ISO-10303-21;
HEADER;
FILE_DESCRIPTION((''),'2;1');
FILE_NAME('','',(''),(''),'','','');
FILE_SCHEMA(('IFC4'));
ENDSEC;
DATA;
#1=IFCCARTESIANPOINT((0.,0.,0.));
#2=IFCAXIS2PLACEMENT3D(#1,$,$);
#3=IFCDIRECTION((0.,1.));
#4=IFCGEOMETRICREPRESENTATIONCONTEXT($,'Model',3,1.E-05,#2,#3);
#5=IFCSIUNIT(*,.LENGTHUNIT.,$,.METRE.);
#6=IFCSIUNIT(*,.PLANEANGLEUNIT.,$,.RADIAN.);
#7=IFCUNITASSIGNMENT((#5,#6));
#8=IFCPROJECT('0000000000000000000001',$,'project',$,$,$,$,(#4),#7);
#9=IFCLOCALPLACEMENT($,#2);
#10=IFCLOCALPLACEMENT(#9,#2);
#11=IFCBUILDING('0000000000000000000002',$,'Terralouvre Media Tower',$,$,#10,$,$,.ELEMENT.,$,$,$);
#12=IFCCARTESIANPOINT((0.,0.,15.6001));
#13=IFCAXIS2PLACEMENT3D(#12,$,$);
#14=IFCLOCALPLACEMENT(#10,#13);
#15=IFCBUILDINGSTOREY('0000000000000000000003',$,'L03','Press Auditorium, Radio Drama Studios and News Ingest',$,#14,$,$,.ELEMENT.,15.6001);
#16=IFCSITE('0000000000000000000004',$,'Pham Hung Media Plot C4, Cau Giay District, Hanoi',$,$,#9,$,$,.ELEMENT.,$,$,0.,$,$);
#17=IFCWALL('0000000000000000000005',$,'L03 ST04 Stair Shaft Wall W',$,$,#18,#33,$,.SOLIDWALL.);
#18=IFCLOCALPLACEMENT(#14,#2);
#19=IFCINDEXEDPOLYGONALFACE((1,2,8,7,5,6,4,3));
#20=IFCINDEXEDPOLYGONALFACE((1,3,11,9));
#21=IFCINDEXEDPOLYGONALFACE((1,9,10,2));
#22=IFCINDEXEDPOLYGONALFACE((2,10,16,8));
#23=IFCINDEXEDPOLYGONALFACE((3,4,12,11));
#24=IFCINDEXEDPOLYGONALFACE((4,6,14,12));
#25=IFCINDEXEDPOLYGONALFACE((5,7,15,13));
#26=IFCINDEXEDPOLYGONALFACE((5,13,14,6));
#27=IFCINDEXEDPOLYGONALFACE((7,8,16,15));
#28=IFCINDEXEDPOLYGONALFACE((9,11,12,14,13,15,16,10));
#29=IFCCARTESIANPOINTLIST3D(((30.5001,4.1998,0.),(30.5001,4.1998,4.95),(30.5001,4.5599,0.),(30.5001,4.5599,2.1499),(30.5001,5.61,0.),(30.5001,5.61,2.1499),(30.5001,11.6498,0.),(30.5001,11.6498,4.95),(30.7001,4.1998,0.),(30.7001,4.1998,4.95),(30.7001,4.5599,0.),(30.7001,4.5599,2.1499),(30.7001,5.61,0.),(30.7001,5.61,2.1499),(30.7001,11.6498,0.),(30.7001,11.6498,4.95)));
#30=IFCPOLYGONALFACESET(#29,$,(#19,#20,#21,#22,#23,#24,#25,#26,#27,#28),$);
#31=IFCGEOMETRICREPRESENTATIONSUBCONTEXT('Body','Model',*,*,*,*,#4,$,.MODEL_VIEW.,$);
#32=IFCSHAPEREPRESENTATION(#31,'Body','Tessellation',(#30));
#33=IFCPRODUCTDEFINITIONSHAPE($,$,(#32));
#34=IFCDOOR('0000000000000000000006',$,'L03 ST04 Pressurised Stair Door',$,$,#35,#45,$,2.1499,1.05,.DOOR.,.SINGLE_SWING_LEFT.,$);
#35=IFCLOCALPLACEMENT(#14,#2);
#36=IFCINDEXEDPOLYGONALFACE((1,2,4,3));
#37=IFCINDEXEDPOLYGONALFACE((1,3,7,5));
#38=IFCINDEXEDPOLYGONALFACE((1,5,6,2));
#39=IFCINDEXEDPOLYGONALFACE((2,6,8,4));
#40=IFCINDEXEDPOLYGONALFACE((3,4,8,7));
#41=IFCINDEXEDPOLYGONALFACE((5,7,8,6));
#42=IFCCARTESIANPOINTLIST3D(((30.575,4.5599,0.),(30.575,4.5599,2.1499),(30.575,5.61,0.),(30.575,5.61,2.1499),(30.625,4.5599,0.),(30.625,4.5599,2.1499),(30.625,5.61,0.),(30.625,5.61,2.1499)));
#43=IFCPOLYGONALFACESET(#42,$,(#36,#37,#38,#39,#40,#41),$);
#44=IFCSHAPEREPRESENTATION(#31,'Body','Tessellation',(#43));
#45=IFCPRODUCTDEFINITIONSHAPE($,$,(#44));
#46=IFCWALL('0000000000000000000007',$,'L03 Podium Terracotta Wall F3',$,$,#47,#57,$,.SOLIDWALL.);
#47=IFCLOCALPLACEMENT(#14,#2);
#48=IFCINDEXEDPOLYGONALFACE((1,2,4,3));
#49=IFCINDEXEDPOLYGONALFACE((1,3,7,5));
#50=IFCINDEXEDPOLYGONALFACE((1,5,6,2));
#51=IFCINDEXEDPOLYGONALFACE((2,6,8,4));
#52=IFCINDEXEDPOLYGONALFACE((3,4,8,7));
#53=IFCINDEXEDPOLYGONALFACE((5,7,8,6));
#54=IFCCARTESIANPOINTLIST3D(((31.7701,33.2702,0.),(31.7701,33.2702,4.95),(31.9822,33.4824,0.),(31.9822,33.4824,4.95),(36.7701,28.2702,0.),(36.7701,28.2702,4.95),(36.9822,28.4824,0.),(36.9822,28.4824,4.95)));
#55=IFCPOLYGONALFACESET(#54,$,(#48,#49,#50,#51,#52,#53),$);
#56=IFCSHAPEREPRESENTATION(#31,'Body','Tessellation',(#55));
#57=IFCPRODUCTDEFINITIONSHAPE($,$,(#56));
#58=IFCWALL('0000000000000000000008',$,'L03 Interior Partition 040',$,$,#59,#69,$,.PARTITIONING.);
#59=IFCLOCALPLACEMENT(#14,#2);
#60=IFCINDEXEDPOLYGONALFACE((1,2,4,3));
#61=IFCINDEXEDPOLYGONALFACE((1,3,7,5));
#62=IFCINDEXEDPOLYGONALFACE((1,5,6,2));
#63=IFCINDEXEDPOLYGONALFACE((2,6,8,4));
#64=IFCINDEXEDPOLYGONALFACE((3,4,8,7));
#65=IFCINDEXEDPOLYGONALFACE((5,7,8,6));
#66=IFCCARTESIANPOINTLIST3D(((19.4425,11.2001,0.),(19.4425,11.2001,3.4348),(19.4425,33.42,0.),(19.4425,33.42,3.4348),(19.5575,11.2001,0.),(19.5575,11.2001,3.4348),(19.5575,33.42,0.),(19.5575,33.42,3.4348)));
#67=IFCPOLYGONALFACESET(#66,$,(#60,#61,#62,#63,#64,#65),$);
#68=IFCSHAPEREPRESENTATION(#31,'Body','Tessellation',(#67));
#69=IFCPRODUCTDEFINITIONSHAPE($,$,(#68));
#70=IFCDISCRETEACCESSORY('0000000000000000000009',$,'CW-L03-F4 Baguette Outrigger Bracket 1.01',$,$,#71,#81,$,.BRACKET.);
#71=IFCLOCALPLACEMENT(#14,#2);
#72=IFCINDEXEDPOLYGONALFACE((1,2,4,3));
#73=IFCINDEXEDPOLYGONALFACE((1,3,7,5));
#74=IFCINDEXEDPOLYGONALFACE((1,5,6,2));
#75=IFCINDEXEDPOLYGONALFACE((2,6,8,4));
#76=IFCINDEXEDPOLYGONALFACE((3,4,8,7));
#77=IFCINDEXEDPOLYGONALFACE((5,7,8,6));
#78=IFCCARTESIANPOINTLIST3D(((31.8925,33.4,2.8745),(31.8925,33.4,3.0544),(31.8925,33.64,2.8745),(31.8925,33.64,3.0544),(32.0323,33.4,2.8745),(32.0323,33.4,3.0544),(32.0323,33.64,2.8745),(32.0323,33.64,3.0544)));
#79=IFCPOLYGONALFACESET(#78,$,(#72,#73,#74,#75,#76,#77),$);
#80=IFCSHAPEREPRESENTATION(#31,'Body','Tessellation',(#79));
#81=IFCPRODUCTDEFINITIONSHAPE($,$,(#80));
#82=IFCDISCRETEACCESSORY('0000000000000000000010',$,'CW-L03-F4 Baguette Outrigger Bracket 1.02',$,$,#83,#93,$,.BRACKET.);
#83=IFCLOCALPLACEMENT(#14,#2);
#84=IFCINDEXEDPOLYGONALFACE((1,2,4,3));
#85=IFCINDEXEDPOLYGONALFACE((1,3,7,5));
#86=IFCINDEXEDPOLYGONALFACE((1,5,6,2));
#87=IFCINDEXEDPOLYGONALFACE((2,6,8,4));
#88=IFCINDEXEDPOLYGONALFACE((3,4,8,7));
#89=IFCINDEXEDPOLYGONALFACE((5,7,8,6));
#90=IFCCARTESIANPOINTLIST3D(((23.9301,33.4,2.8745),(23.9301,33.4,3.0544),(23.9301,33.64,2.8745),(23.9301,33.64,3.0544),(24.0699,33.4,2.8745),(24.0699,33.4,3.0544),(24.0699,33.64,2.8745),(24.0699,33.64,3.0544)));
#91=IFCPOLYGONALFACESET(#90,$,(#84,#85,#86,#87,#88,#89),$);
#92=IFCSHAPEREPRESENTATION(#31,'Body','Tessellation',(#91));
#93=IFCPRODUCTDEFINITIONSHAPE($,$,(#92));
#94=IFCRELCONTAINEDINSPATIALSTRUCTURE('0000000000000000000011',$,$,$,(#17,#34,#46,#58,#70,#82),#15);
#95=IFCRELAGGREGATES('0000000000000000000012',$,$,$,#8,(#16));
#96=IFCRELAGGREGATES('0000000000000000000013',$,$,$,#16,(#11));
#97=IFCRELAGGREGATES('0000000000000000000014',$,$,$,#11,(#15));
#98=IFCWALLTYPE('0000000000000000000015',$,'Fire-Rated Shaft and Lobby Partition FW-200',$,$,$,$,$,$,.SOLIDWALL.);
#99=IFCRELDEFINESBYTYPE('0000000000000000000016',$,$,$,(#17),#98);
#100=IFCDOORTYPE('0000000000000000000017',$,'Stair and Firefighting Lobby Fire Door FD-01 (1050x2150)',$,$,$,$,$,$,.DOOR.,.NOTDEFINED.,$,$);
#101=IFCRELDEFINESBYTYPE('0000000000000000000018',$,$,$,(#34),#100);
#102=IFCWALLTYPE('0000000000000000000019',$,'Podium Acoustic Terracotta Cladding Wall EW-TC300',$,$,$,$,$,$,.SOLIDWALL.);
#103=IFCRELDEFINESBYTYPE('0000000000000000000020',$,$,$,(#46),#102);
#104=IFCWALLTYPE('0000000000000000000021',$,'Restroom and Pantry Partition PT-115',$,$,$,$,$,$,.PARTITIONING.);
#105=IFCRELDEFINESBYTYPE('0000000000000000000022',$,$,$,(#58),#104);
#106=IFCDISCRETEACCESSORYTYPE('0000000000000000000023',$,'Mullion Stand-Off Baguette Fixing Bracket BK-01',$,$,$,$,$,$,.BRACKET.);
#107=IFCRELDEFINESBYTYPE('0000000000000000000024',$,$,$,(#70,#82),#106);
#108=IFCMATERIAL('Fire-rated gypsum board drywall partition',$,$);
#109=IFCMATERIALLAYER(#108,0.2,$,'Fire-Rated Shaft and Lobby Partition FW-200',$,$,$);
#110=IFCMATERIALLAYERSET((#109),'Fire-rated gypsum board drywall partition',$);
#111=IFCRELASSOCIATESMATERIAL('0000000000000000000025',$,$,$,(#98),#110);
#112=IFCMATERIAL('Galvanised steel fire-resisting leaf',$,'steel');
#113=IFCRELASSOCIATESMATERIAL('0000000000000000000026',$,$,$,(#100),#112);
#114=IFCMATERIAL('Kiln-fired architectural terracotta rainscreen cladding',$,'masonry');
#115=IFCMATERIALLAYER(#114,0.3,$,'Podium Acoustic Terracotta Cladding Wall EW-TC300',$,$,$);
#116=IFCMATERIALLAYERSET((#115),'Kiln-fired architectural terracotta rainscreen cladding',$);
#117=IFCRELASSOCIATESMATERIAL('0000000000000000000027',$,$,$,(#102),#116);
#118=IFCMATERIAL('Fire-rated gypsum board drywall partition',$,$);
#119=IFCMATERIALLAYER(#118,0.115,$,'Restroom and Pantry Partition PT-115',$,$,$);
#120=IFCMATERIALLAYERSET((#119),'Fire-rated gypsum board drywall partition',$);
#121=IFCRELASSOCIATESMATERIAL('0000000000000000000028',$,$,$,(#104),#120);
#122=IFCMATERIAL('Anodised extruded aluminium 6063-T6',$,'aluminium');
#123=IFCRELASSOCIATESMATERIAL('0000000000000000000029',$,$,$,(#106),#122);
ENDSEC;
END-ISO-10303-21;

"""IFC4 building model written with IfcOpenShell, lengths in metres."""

from ifc_helpers import new_model, si_unit, direction, frame, frame_2d, origin, origin_2d, place, context, subcontext, project, spatial, rectangle, extrude, material, layer, layer_set, type_object, element, fill, save


model = new_model("IFC4")

# Units and contexts
model_context = context("Model", 3, precision=1e-05, world=origin(), true_north=direction((0.0, 1.0)))
body_context = subcontext(model_context, "Body", "Model", "MODEL_VIEW")
ifc_project = project(units=[si_unit("LENGTHUNIT", "METRE"), si_unit("PLANEANGLEUNIT", "RADIAN")], contexts=[model_context])

# Site, building, storey
site_placement = place(None, origin())
site = spatial("IfcSite", under=ifc_project, at=site_placement, Name="Pham Hung Media Plot C4, Cau Giay District, Hanoi", CompositionType="ELEMENT", RefElevation=0.0)
building_placement = place(site_placement, origin())
building = spatial("IfcBuilding", under=site, at=building_placement, Name="Terralouvre Media Tower", CompositionType="ELEMENT")
storey_placement = place(building_placement, frame((0.0, 0.0, 15.6001)))
storey = spatial("IfcBuildingStorey", under=building, at=storey_placement, Name="L03", Description="Press Auditorium, Radio Drama Studios and News Ingest", CompositionType="ELEMENT", Elevation=15.6001)

# Shared definitions
ifc_material_1 = material(Name="Fire-rated gypsum board drywall partition")
ifc_layer_1 = layer(ifc_material_1, 0.2, Name="Fire-Rated Shaft and Lobby Partition FW-200")
ifc_layer_set_1 = layer_set([ifc_layer_1], Name="Fire-rated gypsum board drywall partition")
wall_type_1 = type_object("IfcWallType", Name="Fire-Rated Shaft and Lobby Partition FW-200", PredefinedType="SOLIDWALL", material=ifc_layer_set_1)

# Wall, opening, door
wall_1_placement = place(storey_placement, frame((30.6001, 11.6499, 0.0), z_axis=(0.0, 0.0, 1.0), x_axis=(0.0, -1.0, 0.0)))
wall_1 = element("IfcWall", 1, at=wall_1_placement, inside=storey, type_object=wall_type_1, Name="L03 ST04 Stair Shaft Wall W", PredefinedType="SOLIDWALL", context=body_context, shape_type="SweptSolid", body=[
    extrude(rectangle(XDim=7.45, YDim=0.2, at=frame_2d((3.7251, 0.0))), origin(), (0.0, 0.0, 1.0), 4.95),
])
opening_placement = place(wall_1_placement, frame((6.04, 0.0, 0.0)))
opening = element("IfcOpeningElement", 2, at=opening_placement, cuts=wall_1, PredefinedType="OPENING", context=body_context, shape_type="SweptSolid", body=[
    extrude(rectangle(XDim=1.05, YDim=2.1499, at=frame_2d((0.5249, 1.075))), frame((0.0, 0.1099, 0.0), z_axis=(0.0, -1.0, 0.0), x_axis=(1.0, 0.0, 0.0)), (0.0, 0.0, 1.0), 0.22),
])
ifc_material_2 = material(Name="Galvanised steel fire-resisting leaf", Category="steel")
door_type = type_object("IfcDoorType", Name="Stair and Firefighting Lobby Fire Door FD-01 (1050x2150)", OperationType="NOTDEFINED", PredefinedType="DOOR", material=ifc_material_2)
door_placement = place(opening_placement, origin())
door = element("IfcDoor", 3, at=door_placement, inside=storey, type_object=door_type, Name="L03 ST04 Pressurised Stair Door", OperationType="SINGLE_SWING_LEFT", OverallHeight=2.1499, OverallWidth=1.05, PredefinedType="DOOR", context=body_context, shape_type="SweptSolid", body=[
    extrude(rectangle(XDim=1.05, YDim=2.1499, at=frame_2d((0.5249, 1.075))), frame((0.0, 0.0249, 0.0), z_axis=(0.0, -1.0, 0.0), x_axis=(1.0, 0.0, 0.0)), (0.0, 0.0, 1.0), 0.05),
])
fill(opening, door)

# Walls
ifc_material_3 = material(Name="Kiln-fired architectural terracotta rainscreen cladding", Category="masonry")
ifc_layer_2 = layer(ifc_material_3, 0.3, Name="Podium Acoustic Terracotta Cladding Wall EW-TC300")
ifc_layer_set_2 = layer_set([ifc_layer_2], Name="Kiln-fired architectural terracotta rainscreen cladding")
wall_type_2 = type_object("IfcWallType", Name="Podium Acoustic Terracotta Cladding Wall EW-TC300", PredefinedType="SOLIDWALL", material=ifc_layer_set_2)
wall_2_placement = place(storey_placement, frame((36.8762, 28.3762, 0.0), z_axis=(0.0, 0.0, 1.0), x_axis=(-0.707107, 0.707107, 0.0)))
element("IfcWall", 4, at=wall_2_placement, inside=storey, type_object=wall_type_2, Name="L03 Podium Terracotta Wall F3", PredefinedType="SOLIDWALL", context=body_context, shape_type="SweptSolid", body=[
    extrude(rectangle(XDim=7.071, YDim=0.3, at=frame_2d((3.5356, 0.0))), origin(), (0.0, 0.0, 1.0), 4.95),
])
ifc_material_4 = material(Name="Fire-rated gypsum board drywall partition")
ifc_layer_3 = layer(ifc_material_4, 0.115, Name="Restroom and Pantry Partition PT-115")
ifc_layer_set_3 = layer_set([ifc_layer_3], Name="Fire-rated gypsum board drywall partition")
wall_type_3 = type_object("IfcWallType", Name="Restroom and Pantry Partition PT-115", PredefinedType="PARTITIONING", material=ifc_layer_set_3)
wall_3_placement = place(storey_placement, frame((19.5, 33.4199, 0.0), z_axis=(0.0, 0.0, 1.0), x_axis=(0.0, -1.0, 0.0)))
element("IfcWall", 5, at=wall_3_placement, inside=storey, type_object=wall_type_3, Name="L03 Interior Partition 040", PredefinedType="PARTITIONING", context=body_context, shape_type="SweptSolid", body=[
    extrude(rectangle(XDim=22.22, YDim=0.115, at=frame_2d((11.1099, 0.0))), origin(), (0.0, 0.0, 1.0), 3.4348),
])

# Discrete accessories
ifc_material_5 = material(Name="Anodised extruded aluminium 6063-T6", Category="aluminium")
discrete_accessory_type = type_object("IfcDiscreteAccessoryType", Name="Mullion Stand-Off Baguette Fixing Bracket BK-01", PredefinedType="BRACKET", material=ifc_material_5)
for number, where, z_axis, x_axis, name in (
    (6, (31.9624, 33.52, 2.8745), (0.0, 0.0, 1.0), (-1.0, 0.0, 0.0), "CW-L03-F4 Baguette Outrigger Bracket 1.01"),
    (7, (24.0, 33.52, 2.8745), (0.0, 0.0, 1.0), (-1.0, 0.0, 0.0), "CW-L03-F4 Baguette Outrigger Bracket 1.02"),
):
    element("IfcDiscreteAccessory", number, at=place(storey_placement, frame(where, z_axis=z_axis, x_axis=x_axis)), inside=storey, type_object=discrete_accessory_type, Name=name, PredefinedType="BRACKET", context=body_context, shape_type="SweptSolid", body=[
        extrude(rectangle(XDim=0.1399, YDim=0.24, at=origin_2d()), origin(), (0.0, 0.0, 1.0), 0.1799),
    ])

save(model, "model.ifc")
